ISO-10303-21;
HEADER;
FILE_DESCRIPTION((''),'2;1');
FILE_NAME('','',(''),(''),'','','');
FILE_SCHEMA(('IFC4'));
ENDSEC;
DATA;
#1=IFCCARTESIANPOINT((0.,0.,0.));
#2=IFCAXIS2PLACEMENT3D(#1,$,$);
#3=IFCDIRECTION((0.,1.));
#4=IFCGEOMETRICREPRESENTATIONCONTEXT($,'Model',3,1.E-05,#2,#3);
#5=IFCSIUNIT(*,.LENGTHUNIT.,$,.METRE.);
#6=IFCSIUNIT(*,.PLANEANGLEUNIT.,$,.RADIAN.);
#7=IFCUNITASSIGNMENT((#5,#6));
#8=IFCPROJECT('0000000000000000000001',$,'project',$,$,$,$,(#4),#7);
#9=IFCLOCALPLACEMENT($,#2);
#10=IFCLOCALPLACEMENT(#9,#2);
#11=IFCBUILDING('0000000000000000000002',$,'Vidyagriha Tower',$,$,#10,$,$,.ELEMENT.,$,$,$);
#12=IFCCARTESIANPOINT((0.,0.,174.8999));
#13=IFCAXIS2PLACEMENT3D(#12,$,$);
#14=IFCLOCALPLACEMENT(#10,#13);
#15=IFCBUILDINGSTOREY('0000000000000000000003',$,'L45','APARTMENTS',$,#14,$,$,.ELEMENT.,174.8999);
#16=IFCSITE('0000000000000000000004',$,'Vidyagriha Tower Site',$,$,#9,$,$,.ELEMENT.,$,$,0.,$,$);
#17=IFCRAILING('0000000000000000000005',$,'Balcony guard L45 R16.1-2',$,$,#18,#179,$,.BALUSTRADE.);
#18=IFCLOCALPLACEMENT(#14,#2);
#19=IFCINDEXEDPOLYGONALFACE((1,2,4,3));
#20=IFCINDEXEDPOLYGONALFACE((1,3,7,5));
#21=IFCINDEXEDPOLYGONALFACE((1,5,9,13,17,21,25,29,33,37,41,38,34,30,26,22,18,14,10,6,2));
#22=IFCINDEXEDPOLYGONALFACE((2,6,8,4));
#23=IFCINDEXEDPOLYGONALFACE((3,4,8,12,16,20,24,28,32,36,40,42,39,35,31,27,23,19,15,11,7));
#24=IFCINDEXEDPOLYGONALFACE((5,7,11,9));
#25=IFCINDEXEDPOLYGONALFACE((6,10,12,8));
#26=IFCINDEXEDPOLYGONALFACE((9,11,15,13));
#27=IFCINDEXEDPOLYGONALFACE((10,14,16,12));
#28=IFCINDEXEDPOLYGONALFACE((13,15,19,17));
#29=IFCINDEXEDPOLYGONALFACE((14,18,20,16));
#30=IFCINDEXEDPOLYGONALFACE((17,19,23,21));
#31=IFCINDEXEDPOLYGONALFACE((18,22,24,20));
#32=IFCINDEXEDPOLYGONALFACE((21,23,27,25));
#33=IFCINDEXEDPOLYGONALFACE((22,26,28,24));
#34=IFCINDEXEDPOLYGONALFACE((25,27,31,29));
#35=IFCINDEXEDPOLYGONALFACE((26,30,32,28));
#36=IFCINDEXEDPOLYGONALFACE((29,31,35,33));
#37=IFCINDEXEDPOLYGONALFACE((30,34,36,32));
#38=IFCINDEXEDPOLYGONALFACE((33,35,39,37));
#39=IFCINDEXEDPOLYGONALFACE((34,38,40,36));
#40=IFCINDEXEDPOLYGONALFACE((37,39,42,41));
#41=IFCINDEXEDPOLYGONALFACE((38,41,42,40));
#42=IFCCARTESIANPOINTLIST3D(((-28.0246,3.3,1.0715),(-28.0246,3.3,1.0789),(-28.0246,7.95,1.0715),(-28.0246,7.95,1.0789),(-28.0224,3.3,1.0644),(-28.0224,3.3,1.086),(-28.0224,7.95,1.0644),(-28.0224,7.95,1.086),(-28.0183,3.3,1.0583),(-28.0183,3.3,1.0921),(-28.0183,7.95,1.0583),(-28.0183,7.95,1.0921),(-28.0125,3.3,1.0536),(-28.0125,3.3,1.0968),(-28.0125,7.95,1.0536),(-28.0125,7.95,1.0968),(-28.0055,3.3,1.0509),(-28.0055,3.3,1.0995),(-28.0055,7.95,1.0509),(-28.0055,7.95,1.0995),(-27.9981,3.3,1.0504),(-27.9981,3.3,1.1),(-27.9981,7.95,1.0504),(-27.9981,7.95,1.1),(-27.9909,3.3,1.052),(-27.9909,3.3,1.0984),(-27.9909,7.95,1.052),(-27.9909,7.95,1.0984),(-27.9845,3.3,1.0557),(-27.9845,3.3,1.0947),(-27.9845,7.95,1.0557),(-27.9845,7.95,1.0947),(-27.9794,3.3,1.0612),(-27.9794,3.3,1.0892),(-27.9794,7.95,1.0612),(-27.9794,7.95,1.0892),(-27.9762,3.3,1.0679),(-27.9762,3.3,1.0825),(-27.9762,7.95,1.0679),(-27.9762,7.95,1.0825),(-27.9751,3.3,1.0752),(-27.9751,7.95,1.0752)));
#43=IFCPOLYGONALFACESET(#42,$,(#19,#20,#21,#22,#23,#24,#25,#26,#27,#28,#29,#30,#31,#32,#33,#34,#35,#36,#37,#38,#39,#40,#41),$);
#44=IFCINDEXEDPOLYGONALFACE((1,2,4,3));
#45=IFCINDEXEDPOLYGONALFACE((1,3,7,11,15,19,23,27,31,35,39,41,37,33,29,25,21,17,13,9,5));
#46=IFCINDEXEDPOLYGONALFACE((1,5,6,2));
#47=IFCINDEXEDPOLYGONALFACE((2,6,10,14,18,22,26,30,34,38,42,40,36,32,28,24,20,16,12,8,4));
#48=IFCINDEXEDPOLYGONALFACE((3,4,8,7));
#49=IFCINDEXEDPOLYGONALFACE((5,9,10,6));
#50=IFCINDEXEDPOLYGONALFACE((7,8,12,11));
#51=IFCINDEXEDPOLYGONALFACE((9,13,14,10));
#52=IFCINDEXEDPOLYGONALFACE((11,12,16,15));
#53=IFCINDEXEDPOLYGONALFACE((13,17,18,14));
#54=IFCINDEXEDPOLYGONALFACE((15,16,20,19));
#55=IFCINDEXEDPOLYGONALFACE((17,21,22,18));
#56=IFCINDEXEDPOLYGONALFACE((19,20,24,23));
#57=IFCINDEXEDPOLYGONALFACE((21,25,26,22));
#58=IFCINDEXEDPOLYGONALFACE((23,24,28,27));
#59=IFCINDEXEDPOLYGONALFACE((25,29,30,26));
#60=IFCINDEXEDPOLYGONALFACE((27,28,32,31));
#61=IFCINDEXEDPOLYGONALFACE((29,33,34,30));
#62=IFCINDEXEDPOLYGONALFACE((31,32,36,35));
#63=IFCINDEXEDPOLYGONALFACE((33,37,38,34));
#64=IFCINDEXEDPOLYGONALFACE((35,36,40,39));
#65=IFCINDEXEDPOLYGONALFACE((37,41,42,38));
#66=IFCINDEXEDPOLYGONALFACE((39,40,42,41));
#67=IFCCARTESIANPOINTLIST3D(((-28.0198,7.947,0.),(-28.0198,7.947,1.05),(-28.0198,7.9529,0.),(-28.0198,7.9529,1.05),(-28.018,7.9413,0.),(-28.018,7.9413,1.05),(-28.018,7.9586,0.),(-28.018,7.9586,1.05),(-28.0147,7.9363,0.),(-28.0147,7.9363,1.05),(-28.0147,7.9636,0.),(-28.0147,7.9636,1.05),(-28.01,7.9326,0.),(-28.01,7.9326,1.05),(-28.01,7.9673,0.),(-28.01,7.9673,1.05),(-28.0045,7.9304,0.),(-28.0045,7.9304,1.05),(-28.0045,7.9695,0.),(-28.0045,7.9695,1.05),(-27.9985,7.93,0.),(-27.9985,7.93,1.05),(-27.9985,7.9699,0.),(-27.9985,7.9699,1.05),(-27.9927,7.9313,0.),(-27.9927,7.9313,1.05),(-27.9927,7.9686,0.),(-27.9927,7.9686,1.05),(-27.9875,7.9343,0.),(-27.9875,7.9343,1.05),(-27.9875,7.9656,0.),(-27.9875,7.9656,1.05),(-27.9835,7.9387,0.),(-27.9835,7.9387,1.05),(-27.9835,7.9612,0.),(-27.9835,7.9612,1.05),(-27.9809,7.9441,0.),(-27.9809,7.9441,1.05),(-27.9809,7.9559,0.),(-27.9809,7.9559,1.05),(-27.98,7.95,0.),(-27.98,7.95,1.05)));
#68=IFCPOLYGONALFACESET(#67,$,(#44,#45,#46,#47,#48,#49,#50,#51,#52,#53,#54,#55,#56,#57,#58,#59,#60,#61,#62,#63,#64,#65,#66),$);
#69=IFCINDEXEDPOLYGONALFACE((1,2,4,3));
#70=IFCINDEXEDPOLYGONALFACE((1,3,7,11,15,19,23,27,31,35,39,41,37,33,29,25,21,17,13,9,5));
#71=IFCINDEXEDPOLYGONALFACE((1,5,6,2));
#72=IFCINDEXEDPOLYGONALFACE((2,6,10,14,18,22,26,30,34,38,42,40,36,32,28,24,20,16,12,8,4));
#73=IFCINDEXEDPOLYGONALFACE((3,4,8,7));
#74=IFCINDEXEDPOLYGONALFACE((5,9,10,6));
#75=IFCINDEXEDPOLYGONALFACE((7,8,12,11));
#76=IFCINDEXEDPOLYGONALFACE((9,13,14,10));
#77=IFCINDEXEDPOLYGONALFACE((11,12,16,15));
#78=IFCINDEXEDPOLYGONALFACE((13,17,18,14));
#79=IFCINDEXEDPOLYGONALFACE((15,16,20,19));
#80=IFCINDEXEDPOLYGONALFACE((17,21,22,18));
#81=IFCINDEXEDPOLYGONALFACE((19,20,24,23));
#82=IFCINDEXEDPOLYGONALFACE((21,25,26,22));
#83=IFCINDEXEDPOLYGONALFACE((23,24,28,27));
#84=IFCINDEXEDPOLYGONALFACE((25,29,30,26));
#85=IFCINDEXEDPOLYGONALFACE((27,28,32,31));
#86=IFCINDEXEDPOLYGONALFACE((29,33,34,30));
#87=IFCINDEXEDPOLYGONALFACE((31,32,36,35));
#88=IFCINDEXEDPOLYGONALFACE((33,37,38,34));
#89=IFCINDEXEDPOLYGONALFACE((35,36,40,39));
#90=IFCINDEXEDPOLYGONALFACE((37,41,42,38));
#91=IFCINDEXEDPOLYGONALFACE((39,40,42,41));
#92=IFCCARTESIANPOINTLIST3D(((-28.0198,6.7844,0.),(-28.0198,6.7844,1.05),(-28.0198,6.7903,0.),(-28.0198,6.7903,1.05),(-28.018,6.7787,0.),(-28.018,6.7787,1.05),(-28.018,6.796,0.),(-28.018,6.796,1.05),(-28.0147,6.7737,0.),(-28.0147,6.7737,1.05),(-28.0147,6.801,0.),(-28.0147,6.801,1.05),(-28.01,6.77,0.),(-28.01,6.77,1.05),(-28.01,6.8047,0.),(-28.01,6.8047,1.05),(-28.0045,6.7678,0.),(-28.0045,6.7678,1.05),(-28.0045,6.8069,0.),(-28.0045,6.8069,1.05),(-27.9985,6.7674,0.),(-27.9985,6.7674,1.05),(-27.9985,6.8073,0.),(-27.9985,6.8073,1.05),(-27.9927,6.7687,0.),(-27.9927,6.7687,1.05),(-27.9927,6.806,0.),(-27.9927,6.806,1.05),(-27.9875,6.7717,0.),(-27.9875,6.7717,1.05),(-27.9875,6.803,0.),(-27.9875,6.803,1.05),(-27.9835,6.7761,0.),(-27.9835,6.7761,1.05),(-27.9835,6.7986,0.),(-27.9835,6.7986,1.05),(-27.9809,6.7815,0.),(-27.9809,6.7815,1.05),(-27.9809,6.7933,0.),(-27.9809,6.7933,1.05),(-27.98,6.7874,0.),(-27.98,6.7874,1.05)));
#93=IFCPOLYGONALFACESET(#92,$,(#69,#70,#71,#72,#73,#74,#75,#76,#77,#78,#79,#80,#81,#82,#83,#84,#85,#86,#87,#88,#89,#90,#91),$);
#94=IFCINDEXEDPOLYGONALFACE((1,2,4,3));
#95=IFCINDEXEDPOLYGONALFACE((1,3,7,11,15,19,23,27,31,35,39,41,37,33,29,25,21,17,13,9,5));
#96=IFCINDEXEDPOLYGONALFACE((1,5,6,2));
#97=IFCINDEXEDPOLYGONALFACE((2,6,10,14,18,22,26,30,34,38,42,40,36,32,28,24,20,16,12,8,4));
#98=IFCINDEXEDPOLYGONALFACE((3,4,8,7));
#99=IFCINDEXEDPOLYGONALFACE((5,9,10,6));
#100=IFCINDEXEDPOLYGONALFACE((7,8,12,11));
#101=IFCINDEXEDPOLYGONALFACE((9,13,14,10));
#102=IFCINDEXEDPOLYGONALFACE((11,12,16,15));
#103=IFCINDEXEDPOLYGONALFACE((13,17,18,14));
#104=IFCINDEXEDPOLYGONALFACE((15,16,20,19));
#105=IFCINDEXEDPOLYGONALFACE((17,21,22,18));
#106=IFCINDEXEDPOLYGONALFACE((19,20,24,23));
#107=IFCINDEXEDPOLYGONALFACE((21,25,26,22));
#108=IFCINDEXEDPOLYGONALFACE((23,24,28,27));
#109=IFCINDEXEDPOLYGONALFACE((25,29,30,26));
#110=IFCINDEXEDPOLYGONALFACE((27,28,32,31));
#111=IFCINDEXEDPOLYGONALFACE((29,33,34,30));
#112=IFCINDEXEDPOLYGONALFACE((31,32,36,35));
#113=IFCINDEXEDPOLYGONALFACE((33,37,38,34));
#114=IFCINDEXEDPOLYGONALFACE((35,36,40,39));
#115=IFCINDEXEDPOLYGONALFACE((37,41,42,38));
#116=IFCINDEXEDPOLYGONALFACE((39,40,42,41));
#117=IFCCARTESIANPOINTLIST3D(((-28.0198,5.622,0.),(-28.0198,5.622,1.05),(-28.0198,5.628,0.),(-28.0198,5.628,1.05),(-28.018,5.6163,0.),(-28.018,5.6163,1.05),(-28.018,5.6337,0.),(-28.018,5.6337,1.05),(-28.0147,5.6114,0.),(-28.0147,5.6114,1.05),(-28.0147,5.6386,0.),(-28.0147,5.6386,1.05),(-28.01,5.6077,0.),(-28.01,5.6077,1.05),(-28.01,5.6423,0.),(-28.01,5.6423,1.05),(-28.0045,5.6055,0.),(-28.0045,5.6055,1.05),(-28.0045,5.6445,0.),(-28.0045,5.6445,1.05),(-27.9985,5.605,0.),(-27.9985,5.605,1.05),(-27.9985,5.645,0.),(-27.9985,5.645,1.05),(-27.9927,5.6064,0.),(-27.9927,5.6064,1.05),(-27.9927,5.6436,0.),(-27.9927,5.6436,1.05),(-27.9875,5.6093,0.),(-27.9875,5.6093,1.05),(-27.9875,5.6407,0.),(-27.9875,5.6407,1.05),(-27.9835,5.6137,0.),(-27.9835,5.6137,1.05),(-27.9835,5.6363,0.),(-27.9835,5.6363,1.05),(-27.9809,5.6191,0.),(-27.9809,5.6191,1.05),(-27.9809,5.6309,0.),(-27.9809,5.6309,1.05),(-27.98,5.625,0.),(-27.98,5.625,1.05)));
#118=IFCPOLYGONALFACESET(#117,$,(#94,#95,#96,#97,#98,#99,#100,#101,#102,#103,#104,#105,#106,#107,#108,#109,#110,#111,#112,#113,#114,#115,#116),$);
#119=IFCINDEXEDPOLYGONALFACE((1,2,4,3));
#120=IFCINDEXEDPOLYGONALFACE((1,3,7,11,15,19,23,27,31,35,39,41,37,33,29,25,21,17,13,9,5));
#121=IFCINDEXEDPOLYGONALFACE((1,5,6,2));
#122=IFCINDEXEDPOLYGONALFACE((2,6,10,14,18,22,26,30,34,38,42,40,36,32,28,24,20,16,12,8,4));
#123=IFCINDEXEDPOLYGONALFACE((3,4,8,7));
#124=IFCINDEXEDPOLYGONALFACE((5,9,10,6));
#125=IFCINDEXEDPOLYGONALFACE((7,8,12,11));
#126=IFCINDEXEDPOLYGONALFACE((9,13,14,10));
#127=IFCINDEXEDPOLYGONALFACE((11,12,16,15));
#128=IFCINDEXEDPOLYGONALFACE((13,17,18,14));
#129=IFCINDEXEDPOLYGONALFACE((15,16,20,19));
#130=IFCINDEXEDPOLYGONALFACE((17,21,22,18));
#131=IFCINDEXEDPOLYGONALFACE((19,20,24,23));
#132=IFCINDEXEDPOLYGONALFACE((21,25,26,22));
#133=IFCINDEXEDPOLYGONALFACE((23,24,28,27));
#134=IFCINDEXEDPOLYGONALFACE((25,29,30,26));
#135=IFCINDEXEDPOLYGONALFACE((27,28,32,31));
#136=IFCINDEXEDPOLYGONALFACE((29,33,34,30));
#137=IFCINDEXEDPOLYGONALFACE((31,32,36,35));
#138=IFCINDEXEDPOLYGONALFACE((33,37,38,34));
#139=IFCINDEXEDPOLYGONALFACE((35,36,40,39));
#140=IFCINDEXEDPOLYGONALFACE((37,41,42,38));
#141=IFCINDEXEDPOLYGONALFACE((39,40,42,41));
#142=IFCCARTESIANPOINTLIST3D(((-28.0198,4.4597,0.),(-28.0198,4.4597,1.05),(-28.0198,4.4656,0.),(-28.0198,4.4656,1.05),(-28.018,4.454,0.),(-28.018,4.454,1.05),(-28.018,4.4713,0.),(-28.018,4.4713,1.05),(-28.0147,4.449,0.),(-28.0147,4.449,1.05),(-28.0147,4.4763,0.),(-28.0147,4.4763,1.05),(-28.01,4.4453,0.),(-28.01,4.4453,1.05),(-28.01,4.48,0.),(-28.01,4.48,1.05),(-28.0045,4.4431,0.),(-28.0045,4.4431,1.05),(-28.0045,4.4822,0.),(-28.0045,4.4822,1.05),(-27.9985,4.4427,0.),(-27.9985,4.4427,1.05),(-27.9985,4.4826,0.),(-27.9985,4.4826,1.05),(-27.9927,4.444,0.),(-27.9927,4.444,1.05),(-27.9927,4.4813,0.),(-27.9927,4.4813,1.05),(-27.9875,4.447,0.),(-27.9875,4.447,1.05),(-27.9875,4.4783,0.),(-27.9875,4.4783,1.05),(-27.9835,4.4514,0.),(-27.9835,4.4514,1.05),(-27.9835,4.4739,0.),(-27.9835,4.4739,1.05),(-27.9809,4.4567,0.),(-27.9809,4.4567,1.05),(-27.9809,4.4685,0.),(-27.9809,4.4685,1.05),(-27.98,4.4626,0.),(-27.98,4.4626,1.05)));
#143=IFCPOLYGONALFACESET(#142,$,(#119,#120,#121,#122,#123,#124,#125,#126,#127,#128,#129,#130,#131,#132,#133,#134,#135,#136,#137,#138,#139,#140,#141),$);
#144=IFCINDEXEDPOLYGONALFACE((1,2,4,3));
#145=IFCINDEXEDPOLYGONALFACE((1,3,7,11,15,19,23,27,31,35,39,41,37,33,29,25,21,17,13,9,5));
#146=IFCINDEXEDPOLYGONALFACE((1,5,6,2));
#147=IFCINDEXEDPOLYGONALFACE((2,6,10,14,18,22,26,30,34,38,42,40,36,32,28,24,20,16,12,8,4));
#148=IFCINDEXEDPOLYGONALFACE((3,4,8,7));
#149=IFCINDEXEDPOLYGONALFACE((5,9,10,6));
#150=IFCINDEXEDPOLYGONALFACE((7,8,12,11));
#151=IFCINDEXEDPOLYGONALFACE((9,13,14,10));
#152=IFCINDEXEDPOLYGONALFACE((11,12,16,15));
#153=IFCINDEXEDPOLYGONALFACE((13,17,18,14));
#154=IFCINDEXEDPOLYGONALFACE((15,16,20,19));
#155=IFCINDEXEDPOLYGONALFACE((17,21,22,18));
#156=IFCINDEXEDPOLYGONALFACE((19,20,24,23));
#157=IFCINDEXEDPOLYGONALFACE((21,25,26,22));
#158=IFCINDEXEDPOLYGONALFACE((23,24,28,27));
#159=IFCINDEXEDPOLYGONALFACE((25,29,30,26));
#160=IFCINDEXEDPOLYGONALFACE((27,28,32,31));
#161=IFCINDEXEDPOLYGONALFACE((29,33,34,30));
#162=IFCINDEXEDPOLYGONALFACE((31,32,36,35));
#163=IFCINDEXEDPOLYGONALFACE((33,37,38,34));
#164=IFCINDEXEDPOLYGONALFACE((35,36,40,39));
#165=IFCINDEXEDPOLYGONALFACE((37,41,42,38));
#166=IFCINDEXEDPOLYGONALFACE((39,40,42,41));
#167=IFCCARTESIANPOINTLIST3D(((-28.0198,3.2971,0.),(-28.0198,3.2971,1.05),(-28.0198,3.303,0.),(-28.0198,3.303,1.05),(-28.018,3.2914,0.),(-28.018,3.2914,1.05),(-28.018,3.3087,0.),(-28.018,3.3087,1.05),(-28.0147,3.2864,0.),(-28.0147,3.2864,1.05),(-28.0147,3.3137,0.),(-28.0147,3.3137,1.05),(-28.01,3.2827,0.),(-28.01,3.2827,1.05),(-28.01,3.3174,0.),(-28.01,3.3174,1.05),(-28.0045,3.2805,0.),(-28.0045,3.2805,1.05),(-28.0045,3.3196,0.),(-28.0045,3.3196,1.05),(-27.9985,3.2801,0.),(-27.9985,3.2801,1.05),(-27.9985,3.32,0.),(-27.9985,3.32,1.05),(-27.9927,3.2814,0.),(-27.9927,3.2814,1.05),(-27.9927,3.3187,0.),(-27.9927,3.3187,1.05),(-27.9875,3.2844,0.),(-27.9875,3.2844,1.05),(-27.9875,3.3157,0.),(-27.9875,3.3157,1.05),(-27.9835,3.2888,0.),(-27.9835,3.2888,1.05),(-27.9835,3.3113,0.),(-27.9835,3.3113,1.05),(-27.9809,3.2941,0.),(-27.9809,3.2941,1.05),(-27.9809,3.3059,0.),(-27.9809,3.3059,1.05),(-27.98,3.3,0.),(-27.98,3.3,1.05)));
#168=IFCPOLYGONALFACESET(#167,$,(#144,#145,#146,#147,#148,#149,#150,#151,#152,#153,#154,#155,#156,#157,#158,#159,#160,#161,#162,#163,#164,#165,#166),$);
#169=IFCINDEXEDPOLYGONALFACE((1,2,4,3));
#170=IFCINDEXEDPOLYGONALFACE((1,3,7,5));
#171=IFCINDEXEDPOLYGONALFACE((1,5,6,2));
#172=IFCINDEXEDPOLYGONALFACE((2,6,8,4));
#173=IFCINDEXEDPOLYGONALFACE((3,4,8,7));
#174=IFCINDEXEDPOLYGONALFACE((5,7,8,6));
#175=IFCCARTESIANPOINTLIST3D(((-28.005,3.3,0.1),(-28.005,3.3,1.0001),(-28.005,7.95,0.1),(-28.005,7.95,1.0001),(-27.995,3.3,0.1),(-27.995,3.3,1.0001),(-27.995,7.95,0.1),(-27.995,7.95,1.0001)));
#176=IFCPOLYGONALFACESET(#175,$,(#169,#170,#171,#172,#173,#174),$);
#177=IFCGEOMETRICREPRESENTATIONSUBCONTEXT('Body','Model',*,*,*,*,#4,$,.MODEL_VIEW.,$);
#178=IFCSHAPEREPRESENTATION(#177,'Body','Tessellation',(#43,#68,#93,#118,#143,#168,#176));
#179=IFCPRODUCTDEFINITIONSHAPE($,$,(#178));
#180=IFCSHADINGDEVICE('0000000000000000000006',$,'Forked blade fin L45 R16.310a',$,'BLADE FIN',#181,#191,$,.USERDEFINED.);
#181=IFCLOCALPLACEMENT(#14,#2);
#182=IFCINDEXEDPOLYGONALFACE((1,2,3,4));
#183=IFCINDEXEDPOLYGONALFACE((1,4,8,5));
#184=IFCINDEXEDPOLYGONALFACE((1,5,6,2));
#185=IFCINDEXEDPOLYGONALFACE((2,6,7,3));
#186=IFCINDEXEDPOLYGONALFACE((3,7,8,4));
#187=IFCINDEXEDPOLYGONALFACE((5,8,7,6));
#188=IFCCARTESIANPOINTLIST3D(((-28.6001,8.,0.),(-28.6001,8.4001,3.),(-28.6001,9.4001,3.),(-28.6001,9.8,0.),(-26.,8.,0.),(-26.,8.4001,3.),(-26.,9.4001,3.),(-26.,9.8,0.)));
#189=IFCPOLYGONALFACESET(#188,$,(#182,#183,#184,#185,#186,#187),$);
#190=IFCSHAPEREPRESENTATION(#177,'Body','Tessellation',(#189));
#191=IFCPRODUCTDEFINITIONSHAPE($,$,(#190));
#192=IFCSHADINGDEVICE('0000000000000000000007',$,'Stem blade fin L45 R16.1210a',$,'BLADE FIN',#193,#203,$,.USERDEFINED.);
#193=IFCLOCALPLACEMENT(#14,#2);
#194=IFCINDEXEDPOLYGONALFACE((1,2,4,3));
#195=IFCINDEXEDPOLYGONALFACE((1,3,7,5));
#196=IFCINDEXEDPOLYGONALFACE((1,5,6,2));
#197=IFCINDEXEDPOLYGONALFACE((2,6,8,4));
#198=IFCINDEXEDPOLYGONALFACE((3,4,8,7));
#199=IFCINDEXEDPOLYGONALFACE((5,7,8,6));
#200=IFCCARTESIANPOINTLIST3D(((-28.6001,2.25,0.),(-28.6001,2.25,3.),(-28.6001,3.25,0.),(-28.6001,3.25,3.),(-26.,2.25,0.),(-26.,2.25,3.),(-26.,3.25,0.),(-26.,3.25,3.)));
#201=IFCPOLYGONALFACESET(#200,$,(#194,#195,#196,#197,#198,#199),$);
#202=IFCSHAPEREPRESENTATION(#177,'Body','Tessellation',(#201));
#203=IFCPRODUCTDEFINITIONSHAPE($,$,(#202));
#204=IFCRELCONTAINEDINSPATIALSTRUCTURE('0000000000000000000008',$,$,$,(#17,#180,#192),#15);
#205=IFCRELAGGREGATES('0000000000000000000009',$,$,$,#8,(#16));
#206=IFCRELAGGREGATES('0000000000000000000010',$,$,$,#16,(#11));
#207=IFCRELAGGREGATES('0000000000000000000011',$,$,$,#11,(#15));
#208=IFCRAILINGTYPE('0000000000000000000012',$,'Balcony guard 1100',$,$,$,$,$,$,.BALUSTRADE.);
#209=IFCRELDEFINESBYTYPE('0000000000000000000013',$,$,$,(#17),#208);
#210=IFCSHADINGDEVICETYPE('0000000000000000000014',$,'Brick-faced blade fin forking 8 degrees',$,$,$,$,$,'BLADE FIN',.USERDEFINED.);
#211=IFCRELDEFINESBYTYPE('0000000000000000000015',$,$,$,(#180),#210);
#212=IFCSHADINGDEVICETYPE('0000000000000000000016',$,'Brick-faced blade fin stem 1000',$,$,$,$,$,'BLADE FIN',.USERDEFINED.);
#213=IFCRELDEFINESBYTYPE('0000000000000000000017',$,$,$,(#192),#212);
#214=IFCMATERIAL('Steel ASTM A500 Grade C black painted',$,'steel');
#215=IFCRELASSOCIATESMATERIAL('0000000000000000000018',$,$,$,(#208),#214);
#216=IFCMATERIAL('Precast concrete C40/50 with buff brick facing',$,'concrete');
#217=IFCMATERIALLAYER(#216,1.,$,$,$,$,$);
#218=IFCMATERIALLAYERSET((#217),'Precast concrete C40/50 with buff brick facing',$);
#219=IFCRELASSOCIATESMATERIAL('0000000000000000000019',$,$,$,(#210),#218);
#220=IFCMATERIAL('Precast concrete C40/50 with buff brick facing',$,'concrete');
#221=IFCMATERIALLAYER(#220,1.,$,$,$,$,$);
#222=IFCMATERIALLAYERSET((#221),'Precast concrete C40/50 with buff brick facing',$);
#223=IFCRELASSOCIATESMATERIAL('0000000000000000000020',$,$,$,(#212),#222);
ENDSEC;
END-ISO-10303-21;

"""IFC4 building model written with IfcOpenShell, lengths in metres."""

from ifc_helpers import new_model, si_unit, direction, frame, origin, origin_2d, place, context, subcontext, project, spatial, polyline, rectangle, circle, outline, extrude, material, layer, layer_set, type_object, element, save


model = new_model("IFC4")

# Units and contexts
model_context = context("Model", 3, precision=1e-05, world=origin(), true_north=direction((0.0, 1.0)))
body_context = subcontext(model_context, "Body", "Model", "MODEL_VIEW")
ifc_project = project(units=[si_unit("LENGTHUNIT", "METRE"), si_unit("PLANEANGLEUNIT", "RADIAN")], contexts=[model_context])

# Site, building, storey
site_placement = place(None, origin())
site = spatial("IfcSite", under=ifc_project, at=site_placement, Name="Vidyagriha Tower Site", CompositionType="ELEMENT", RefElevation=0.0)
building_placement = place(site_placement, origin())
building = spatial("IfcBuilding", under=site, at=building_placement, Name="Vidyagriha Tower", CompositionType="ELEMENT")
storey_placement = place(building_placement, frame((0.0, 0.0, 174.8999)))
storey = spatial("IfcBuildingStorey", under=building, at=storey_placement, Name="L45", Description="APARTMENTS", CompositionType="ELEMENT", Elevation=174.8999)

# Railing
ifc_material_1 = material(Name="Steel ASTM A500 Grade C black painted", Category="steel")
railing_type = type_object("IfcRailingType", Name="Balcony guard 1100", PredefinedType="BALUSTRADE", material=ifc_material_1)
railing_1_placement = place(storey_placement, frame((-28.0, 7.95, 0.0)))
element("IfcRailing", 1, at=railing_1_placement, inside=storey, type_object=railing_type, Name="Balcony guard L45 R16.1-2", PredefinedType="BALUSTRADE", context=body_context, shape_type="SweptSolid", body=[
    extrude(circle(Radius=0.0249, at=origin_2d()), frame((0.0, 0.0, 1.0752), z_axis=(0.0, -1.0, 0.0), x_axis=(1.0, 0.0, 0.0)), (0.0, 0.0, 1.0), 4.6499),
    extrude(circle(Radius=0.02, at=origin_2d()), origin(), (0.0, 0.0, 1.0), 1.05),
    extrude(circle(Radius=0.02, at=origin_2d()), frame((0.0, -1.1626, 0.0)), (0.0, 0.0, 1.0), 1.05),
    extrude(circle(Radius=0.02, at=origin_2d()), frame((0.0, -2.325, 0.0)), (0.0, 0.0, 1.0), 1.05),
    extrude(circle(Radius=0.02, at=origin_2d()), frame((0.0, -3.4873, 0.0)), (0.0, 0.0, 1.0), 1.05),
    extrude(circle(Radius=0.02, at=origin_2d()), frame((0.0, -4.6499, 0.0)), (0.0, 0.0, 1.0), 1.05),
    extrude(rectangle(XDim=0.01, YDim=0.9001, at=origin_2d()), frame((0.0, 0.0, 0.55), z_axis=(0.0, -1.0, 0.0), x_axis=(1.0, 0.0, 0.0)), (0.0, 0.0, 1.0), 4.6499),
])

# Shading devices
ifc_material_2 = material(Name="Precast concrete C40/50 with buff brick facing", Category="concrete")
ifc_layer_1 = layer(ifc_material_2, 1.0)
ifc_layer_set_1 = layer_set([ifc_layer_1], Name="Precast concrete C40/50 with buff brick facing")
shading_device_type_1 = type_object("IfcShadingDeviceType", Name="Brick-faced blade fin forking 8 degrees", ElementType="BLADE FIN", PredefinedType="USERDEFINED", material=ifc_layer_set_1)
shading_device_1_placement = place(storey_placement, frame((-27.3, 9.8, 0.0), z_axis=(0.0, 0.0, 1.0), x_axis=(0.0, -1.0, 0.0)))
element("IfcShadingDevice", 2, at=shading_device_1_placement, inside=storey, type_object=shading_device_type_1, Name="Forked blade fin L45 R16.310a", ObjectType="BLADE FIN", PredefinedType="USERDEFINED", context=body_context, shape_type="SweptSolid", body=[
    extrude(outline(polyline([(0.0, 0.0), (1.8, 0.0), (1.3999, 3.0), (0.3999, 3.0), (0.0, 0.0)])), frame((0.0, 1.3, 0.0), z_axis=(0.0, -1.0, 0.0), x_axis=(1.0, 0.0, 0.0)), (0.0, 0.0, 1.0), 2.6001),
])
ifc_material_3 = material(Name="Precast concrete C40/50 with buff brick facing", Category="concrete")
ifc_layer_2 = layer(ifc_material_3, 1.0)
ifc_layer_set_2 = layer_set([ifc_layer_2], Name="Precast concrete C40/50 with buff brick facing")
shading_device_type_2 = type_object("IfcShadingDeviceType", Name="Brick-faced blade fin stem 1000", ElementType="BLADE FIN", PredefinedType="USERDEFINED", material=ifc_layer_set_2)
shading_device_2_placement = place(storey_placement, frame((-27.3, 3.25, 0.0), z_axis=(0.0, 0.0, 1.0), x_axis=(0.0, -1.0, 0.0)))
element("IfcShadingDevice", 3, at=shading_device_2_placement, inside=storey, type_object=shading_device_type_2, Name="Stem blade fin L45 R16.1210a", ObjectType="BLADE FIN", PredefinedType="USERDEFINED", context=body_context, shape_type="SweptSolid", body=[
    extrude(outline(polyline([(0.0, 0.0), (1.0, 0.0), (1.0, 3.0), (0.0, 3.0), (0.0, 0.0)])), frame((0.0, 1.3, 0.0), z_axis=(0.0, -1.0, 0.0), x_axis=(1.0, 0.0, 0.0)), (0.0, 0.0, 1.0), 2.6001),
])

save(model, "model.ifc")
